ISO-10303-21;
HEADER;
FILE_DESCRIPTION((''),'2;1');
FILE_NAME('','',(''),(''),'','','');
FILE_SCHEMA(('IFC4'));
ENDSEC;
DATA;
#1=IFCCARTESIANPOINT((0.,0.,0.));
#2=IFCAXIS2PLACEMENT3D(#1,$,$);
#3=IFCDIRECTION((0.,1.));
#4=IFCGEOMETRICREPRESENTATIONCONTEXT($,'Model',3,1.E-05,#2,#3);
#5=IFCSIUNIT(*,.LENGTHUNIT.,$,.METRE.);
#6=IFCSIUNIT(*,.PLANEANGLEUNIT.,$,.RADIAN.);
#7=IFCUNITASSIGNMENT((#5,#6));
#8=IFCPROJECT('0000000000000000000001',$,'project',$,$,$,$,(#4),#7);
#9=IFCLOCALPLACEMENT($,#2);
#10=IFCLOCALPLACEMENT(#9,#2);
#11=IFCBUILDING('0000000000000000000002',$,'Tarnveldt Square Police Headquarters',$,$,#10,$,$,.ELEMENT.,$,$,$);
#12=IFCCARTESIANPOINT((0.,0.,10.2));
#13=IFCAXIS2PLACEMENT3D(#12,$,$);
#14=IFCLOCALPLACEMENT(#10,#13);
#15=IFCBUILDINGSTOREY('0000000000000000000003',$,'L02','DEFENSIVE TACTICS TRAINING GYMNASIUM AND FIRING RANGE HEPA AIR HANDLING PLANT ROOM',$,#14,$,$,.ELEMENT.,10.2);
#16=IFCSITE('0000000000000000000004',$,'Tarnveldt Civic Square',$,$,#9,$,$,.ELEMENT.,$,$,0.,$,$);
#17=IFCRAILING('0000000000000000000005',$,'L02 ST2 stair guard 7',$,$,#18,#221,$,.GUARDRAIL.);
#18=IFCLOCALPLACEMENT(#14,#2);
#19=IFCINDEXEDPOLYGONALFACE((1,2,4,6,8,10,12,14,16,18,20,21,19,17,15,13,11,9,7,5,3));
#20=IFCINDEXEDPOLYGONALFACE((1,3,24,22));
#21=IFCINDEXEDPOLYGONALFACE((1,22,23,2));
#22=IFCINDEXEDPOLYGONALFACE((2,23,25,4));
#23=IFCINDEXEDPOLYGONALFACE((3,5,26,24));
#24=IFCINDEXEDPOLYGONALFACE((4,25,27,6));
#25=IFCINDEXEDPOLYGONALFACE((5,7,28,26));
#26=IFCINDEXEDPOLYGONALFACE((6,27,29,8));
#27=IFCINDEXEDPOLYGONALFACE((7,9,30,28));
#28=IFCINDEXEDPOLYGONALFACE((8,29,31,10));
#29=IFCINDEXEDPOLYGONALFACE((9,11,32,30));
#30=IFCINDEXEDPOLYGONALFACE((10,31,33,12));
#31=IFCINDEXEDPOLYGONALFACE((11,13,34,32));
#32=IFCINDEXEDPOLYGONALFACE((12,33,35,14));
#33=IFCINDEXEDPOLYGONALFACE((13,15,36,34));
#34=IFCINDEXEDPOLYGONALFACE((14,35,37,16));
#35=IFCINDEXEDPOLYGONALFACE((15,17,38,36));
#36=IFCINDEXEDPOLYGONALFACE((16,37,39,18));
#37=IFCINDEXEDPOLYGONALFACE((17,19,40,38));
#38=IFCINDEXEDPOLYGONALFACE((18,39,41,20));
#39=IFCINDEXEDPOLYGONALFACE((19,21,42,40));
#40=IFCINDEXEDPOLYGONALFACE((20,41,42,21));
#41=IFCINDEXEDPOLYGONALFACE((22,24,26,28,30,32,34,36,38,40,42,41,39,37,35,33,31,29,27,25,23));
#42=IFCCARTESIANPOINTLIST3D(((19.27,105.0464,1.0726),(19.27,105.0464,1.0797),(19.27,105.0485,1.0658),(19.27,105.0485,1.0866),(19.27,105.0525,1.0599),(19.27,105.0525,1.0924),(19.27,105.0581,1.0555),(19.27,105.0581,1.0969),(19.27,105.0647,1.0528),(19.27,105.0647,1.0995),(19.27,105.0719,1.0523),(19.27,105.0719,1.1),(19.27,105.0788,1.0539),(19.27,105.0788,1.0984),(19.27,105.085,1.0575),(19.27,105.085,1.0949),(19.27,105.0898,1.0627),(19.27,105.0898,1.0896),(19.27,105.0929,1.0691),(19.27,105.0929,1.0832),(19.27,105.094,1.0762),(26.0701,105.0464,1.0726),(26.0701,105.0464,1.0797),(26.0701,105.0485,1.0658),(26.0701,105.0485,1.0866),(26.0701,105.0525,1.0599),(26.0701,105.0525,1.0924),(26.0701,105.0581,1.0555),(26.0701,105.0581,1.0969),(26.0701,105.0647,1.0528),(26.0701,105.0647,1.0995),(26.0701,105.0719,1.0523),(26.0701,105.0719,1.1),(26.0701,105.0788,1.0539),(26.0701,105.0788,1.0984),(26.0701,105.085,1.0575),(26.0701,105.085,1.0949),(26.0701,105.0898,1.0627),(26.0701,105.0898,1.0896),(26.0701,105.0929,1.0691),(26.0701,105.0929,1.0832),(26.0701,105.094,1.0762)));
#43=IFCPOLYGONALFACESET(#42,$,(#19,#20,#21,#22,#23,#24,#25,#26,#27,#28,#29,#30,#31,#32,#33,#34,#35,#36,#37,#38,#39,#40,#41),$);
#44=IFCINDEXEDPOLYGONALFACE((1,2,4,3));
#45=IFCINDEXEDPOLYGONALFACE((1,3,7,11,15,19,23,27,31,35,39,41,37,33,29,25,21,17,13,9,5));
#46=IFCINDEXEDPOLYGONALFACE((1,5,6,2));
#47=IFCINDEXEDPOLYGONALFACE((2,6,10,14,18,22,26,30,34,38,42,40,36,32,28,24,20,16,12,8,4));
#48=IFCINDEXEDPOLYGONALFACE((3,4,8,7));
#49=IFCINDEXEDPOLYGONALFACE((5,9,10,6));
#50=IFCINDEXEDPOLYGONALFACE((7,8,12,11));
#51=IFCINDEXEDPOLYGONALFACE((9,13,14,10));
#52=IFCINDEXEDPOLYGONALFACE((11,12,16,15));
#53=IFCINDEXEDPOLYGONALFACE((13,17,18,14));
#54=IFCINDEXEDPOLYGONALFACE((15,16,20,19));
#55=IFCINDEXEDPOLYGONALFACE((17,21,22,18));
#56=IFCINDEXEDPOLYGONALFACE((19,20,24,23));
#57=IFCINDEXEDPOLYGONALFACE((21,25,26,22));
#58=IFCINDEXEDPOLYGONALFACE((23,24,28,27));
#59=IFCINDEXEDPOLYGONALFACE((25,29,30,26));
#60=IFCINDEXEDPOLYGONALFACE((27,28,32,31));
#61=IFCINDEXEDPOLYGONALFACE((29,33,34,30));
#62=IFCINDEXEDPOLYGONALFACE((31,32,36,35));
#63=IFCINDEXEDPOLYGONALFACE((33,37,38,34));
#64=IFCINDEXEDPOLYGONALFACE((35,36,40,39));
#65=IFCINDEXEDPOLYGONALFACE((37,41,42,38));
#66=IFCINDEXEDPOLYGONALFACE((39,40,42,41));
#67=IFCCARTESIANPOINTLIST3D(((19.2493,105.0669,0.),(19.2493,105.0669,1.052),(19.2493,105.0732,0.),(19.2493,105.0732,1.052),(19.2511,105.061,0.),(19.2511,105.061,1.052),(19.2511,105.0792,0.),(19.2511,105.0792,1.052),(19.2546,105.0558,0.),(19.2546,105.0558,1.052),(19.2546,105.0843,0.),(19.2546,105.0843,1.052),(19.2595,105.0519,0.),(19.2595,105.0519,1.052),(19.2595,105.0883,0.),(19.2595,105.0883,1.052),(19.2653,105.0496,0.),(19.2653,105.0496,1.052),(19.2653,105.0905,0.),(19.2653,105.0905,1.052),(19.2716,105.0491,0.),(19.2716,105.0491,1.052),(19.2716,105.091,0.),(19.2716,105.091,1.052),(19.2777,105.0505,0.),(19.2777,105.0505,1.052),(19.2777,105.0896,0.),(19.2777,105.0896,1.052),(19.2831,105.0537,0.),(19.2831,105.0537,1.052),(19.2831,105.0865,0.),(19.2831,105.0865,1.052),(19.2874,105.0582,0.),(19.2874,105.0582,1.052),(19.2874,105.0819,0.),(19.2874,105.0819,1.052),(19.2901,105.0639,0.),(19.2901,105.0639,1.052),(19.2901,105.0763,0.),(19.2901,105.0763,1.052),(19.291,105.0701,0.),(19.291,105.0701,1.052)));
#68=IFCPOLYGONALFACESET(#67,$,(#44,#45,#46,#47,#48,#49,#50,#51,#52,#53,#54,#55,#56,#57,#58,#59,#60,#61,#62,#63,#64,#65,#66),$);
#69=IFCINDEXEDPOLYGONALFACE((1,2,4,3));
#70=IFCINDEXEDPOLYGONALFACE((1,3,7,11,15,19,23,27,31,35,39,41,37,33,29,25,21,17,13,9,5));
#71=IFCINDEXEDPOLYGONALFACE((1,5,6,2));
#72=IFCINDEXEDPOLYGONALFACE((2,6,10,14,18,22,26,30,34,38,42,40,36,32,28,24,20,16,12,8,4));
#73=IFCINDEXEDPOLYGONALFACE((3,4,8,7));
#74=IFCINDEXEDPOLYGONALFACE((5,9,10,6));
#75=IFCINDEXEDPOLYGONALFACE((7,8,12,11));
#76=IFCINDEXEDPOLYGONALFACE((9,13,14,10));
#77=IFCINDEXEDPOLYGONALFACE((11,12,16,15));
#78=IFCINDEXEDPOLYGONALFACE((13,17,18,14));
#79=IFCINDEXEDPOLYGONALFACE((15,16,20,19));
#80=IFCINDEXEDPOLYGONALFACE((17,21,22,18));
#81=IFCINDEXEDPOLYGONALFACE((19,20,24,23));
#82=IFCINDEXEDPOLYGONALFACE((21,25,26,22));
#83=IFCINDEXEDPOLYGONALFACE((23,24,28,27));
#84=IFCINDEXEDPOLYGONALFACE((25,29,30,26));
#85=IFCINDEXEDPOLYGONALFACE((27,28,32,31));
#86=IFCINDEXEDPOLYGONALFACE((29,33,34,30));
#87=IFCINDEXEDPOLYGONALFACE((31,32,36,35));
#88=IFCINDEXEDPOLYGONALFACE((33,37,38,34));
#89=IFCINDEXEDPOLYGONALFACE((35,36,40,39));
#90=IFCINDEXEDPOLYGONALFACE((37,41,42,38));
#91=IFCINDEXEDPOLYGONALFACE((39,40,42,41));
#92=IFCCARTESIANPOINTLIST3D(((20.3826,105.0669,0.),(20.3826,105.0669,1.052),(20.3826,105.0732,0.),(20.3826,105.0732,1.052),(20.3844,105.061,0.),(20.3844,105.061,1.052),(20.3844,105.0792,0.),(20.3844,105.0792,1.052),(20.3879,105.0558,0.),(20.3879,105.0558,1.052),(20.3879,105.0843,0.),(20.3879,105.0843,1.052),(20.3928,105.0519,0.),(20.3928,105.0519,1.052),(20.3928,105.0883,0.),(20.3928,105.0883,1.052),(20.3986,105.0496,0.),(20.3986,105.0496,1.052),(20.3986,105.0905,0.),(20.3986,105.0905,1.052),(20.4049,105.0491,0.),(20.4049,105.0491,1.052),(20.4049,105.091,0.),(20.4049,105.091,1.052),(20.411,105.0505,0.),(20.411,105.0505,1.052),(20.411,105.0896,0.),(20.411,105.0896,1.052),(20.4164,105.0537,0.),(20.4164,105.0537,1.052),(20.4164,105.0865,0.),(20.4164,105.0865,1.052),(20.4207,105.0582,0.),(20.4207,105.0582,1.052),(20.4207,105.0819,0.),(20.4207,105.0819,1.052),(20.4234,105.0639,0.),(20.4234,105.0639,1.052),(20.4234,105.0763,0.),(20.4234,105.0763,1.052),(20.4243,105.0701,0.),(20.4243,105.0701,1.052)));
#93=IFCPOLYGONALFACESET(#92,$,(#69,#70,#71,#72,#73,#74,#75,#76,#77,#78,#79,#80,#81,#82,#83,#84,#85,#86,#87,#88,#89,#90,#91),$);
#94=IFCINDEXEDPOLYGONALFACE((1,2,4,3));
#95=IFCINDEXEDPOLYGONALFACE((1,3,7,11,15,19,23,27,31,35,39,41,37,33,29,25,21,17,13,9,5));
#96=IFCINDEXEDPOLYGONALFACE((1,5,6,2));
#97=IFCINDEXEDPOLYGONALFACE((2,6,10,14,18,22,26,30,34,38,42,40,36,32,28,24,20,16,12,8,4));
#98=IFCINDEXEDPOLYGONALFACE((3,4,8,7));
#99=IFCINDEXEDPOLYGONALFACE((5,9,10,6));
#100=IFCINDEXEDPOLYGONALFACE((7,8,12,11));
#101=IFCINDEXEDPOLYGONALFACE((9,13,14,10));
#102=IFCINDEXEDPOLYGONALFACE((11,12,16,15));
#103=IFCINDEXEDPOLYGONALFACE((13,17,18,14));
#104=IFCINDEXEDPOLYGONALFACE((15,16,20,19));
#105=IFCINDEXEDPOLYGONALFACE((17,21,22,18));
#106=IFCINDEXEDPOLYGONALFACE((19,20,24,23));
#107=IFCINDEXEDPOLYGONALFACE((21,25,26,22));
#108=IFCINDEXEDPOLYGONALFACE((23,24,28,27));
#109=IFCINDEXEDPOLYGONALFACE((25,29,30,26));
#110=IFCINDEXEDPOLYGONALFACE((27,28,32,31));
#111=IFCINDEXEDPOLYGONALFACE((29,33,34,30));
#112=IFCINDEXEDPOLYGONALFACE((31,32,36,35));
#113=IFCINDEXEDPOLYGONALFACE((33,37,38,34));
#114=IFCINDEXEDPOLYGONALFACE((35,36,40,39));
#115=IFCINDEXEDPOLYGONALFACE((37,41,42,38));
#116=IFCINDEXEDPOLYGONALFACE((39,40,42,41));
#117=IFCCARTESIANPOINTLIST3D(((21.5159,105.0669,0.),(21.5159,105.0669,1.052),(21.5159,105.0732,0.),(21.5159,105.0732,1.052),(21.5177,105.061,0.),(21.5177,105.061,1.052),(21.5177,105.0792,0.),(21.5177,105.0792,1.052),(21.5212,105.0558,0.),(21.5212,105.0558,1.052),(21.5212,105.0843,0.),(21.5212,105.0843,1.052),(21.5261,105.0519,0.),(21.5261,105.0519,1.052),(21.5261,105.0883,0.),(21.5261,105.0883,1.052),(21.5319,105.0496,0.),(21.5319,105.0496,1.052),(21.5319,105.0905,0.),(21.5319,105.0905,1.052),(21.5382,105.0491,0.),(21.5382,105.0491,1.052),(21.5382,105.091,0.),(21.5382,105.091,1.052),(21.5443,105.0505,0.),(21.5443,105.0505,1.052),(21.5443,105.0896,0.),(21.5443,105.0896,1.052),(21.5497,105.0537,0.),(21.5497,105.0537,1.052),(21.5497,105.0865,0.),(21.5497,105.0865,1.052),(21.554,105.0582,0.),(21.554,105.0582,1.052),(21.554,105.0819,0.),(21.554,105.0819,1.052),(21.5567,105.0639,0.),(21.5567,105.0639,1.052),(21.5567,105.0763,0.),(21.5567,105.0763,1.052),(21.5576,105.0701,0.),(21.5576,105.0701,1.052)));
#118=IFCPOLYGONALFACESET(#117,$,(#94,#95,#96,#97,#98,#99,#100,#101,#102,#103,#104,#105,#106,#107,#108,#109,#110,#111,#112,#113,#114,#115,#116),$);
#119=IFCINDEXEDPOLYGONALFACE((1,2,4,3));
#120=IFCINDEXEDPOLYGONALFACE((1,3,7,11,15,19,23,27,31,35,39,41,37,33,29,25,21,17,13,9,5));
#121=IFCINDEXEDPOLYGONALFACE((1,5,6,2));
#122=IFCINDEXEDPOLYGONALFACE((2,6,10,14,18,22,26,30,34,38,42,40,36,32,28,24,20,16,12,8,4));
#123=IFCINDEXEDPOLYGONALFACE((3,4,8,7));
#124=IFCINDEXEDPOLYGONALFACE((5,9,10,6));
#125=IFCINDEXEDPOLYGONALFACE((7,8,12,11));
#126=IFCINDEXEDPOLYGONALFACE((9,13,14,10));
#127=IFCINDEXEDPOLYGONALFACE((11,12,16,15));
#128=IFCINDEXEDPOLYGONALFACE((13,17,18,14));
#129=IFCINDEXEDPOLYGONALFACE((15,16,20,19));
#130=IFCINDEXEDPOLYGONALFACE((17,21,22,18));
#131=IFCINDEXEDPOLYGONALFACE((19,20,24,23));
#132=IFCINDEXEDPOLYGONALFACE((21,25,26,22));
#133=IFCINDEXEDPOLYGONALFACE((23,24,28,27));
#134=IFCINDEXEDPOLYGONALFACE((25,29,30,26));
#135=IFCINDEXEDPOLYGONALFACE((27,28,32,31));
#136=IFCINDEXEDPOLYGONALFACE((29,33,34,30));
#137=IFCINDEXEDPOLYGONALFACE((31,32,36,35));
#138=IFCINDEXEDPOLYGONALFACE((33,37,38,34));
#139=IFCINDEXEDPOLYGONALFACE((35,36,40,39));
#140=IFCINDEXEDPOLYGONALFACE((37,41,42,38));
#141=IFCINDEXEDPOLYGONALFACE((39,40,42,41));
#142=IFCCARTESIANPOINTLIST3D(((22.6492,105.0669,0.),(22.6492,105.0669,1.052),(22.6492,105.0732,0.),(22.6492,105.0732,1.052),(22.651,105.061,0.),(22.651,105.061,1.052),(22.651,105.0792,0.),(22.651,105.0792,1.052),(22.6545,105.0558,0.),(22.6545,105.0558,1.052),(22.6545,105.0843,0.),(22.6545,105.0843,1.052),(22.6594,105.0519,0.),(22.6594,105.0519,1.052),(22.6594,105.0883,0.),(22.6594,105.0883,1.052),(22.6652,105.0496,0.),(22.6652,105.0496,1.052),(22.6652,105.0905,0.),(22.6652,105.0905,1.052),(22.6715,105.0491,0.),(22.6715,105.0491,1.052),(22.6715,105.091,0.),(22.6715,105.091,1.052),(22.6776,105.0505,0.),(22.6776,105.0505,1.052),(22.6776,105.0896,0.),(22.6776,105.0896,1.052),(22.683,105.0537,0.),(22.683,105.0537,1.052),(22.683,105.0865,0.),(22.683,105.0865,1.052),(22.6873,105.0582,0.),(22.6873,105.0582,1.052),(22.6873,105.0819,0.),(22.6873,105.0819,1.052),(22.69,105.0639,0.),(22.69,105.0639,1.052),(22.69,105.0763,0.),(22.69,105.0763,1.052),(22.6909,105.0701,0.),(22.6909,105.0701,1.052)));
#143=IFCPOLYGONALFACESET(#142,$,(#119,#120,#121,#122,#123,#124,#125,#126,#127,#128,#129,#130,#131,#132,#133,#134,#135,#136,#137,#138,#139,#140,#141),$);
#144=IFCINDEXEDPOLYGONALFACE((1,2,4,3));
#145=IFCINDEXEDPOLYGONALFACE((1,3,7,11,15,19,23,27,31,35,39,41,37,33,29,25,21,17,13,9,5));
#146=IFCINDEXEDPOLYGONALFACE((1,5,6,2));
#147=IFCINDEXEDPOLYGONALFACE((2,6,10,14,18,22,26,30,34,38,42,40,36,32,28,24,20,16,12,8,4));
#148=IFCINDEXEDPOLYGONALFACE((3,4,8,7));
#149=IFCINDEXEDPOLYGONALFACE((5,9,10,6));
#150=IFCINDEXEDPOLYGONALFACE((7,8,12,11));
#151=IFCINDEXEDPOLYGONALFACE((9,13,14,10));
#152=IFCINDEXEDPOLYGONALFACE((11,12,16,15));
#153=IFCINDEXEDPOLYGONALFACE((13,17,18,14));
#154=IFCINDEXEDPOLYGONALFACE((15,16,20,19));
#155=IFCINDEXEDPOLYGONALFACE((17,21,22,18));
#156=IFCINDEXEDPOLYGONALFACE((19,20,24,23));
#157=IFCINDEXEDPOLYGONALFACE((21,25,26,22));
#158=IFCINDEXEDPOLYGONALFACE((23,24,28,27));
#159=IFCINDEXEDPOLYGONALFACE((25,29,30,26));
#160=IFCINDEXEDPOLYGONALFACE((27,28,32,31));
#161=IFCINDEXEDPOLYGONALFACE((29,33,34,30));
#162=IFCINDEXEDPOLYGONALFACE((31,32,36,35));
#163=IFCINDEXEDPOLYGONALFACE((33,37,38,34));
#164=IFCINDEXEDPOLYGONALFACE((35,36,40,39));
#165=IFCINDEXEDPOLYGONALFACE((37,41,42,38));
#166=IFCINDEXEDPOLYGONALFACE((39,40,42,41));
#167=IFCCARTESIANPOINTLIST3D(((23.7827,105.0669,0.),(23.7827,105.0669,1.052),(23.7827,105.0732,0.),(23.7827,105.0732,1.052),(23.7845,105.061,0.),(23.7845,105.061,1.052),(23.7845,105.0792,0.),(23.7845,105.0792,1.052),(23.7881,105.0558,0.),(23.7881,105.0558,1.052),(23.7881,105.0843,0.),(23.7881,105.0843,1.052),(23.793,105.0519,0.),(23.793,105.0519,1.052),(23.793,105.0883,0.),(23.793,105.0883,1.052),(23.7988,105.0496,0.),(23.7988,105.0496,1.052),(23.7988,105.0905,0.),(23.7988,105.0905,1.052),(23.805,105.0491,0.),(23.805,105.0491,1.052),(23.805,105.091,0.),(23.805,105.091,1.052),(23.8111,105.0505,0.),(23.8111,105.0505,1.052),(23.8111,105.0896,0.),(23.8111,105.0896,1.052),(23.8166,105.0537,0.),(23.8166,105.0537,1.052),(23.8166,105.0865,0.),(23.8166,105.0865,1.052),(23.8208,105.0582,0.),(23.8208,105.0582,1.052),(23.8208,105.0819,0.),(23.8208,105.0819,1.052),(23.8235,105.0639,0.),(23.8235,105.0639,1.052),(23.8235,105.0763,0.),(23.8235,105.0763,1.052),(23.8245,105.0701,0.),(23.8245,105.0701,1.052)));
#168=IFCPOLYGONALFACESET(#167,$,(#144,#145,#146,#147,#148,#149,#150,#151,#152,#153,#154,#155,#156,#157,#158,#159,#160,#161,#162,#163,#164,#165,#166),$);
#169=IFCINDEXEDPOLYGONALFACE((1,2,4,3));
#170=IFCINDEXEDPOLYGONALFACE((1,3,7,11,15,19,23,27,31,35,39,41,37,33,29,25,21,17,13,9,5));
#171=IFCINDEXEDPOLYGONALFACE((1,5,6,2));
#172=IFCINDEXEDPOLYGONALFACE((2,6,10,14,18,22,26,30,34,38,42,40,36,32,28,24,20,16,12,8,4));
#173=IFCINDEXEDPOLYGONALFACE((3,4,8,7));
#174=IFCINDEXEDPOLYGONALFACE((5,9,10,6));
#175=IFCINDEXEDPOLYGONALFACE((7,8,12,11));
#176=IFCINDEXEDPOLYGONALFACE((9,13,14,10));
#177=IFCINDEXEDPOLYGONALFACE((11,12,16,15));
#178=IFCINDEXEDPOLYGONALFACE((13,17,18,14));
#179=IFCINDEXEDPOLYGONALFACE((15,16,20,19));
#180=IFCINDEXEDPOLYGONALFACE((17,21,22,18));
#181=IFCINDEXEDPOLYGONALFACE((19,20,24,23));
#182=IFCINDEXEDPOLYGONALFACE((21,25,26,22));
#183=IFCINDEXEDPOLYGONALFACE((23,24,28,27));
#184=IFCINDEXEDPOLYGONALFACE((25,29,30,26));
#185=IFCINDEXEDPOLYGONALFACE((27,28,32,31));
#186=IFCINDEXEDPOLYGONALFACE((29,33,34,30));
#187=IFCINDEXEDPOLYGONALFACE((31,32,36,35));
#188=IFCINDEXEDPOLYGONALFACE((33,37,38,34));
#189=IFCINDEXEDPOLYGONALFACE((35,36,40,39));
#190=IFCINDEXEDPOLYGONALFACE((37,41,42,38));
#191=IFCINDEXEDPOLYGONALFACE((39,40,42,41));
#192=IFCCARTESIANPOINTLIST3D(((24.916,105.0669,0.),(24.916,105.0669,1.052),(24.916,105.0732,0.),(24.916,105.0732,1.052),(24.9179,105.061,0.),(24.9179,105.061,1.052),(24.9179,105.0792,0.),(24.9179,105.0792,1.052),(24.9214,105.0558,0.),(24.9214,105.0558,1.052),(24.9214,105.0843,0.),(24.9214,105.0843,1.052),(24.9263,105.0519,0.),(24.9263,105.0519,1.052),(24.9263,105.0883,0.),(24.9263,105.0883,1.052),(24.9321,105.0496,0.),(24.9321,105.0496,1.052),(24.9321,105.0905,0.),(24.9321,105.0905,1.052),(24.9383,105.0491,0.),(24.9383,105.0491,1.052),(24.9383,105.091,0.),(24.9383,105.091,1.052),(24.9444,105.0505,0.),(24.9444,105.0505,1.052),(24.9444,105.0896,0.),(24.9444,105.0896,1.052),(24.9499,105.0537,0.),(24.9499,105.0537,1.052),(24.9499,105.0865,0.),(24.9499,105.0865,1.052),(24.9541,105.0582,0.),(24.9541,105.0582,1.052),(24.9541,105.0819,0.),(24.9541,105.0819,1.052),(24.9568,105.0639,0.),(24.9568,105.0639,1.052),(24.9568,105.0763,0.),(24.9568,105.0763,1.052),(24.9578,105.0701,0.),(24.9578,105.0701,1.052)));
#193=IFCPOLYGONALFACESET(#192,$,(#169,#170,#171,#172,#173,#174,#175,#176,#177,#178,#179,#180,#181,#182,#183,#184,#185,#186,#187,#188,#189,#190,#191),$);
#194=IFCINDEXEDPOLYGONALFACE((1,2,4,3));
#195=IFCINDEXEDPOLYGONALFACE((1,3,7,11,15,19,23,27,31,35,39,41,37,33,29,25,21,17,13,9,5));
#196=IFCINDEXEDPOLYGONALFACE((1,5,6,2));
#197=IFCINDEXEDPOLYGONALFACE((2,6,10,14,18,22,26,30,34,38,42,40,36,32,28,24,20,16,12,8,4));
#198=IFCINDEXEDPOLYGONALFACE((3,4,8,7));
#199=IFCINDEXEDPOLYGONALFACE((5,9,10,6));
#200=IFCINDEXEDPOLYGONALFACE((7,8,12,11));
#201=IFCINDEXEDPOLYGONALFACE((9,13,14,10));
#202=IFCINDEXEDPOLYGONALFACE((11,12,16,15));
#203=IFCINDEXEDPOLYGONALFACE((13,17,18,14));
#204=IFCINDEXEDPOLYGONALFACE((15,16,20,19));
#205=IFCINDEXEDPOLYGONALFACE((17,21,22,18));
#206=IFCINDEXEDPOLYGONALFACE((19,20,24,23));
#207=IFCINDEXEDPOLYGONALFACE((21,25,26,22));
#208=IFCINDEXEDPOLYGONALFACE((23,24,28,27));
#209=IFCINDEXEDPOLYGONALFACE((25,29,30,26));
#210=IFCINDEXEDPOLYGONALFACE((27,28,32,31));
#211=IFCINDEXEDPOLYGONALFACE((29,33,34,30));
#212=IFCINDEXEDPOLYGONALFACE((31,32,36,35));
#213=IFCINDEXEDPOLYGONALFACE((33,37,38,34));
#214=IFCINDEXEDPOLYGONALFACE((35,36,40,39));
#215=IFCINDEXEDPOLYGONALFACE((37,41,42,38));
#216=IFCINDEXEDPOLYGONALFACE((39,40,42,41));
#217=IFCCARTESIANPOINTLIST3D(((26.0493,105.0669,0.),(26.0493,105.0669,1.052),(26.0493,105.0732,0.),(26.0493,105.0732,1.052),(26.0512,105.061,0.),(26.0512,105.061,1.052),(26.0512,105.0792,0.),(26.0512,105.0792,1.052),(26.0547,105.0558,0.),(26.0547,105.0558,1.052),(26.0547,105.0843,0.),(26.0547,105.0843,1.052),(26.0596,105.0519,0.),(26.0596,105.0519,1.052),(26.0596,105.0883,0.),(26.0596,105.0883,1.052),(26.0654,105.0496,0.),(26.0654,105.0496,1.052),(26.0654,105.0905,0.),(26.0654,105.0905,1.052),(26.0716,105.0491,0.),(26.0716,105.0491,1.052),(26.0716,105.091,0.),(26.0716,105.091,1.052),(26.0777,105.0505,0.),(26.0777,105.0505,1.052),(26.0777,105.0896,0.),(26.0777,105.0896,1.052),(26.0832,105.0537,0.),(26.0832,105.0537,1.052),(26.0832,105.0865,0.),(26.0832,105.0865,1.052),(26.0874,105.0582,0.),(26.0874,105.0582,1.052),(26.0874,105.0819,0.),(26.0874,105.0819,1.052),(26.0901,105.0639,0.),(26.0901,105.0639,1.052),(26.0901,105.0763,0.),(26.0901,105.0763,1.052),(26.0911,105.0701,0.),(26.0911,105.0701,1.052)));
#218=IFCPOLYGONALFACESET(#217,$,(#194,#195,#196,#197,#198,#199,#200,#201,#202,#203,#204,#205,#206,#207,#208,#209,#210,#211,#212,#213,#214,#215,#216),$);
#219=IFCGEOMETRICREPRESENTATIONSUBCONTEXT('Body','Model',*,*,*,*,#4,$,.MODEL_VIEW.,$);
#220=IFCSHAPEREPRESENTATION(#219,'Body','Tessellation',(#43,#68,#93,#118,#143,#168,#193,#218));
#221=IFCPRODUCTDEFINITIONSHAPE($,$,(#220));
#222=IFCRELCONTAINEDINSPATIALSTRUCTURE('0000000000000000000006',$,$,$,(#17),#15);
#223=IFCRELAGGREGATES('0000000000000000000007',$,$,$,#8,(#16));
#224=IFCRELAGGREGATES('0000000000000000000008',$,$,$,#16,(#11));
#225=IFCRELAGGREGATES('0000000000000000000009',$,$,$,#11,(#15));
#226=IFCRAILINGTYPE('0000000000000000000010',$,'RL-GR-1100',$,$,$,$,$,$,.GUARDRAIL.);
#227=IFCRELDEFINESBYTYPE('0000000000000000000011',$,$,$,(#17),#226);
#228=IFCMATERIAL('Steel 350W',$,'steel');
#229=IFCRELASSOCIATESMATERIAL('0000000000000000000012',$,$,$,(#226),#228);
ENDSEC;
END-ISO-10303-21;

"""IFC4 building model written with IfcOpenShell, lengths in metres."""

from ifc_helpers import new_model, si_unit, direction, frame, origin, origin_2d, place, context, subcontext, project, spatial, circle, extrude, material, type_object, element, save


model = new_model("IFC4")

# Units and contexts
model_context = context("Model", 3, precision=1e-05, world=origin(), true_north=direction((0.0, 1.0)))
body_context = subcontext(model_context, "Body", "Model", "MODEL_VIEW")
ifc_project = project(units=[si_unit("LENGTHUNIT", "METRE"), si_unit("PLANEANGLEUNIT", "RADIAN")], contexts=[model_context])

# Site, building, storey
site_placement = place(None, origin())
site = spatial("IfcSite", under=ifc_project, at=site_placement, Name="Tarnveldt Civic Square", CompositionType="ELEMENT", RefElevation=0.0)
building_placement = place(site_placement, origin())
building = spatial("IfcBuilding", under=site, at=building_placement, Name="Tarnveldt Square Police Headquarters", CompositionType="ELEMENT")
storey_placement = place(building_placement, frame((0.0, 0.0, 10.2)))
storey = spatial("IfcBuildingStorey", under=building, at=storey_placement, Name="L02", Description="DEFENSIVE TACTICS TRAINING GYMNASIUM AND FIRING RANGE HEPA AIR HANDLING PLANT ROOM", CompositionType="ELEMENT", Elevation=10.2)

# Shared definitions
ifc_material_1 = material(Name="Steel 350W", Category="steel")

# Railing
railing_type_1 = type_object("IfcRailingType", Name="RL-GR-1100", PredefinedType="GUARDRAIL", material=ifc_material_1)
railing_1_placement = place(storey_placement, frame((19.27, 105.0701, 0.0)))
element("IfcRailing", 1, at=railing_1_placement, inside=storey, type_object=railing_type_1, Name="L02 ST2 stair guard 7", PredefinedType="GUARDRAIL", context=body_context, shape_type="SweptSolid", body=[
    extrude(circle(Radius=0.0239, at=origin_2d()), frame((0.0, 0.0, 1.0762), z_axis=(1.0, 0.0, 0.0), x_axis=(0.0, 1.0, 0.0)), (0.0, 0.0, 1.0), 6.8),
    extrude(circle(Radius=0.021, at=origin_2d()), origin(), (0.0, 0.0, 1.0), 1.052),
    extrude(circle(Radius=0.021, at=origin_2d()), frame((1.1333, 0.0, 0.0)), (0.0, 0.0, 1.0), 1.052),
    extrude(circle(Radius=0.021, at=origin_2d()), frame((2.2666, 0.0, 0.0)), (0.0, 0.0, 1.0), 1.052),
    extrude(circle(Radius=0.021, at=origin_2d()), frame((3.3999, 0.0, 0.0)), (0.0, 0.0, 1.0), 1.052),
    extrude(circle(Radius=0.021, at=origin_2d()), frame((4.5334, 0.0, 0.0)), (0.0, 0.0, 1.0), 1.052),
    extrude(circle(Radius=0.021, at=origin_2d()), frame((5.6667, 0.0, 0.0)), (0.0, 0.0, 1.0), 1.052),
    extrude(circle(Radius=0.021, at=origin_2d()), frame((6.8, 0.0, 0.0)), (0.0, 0.0, 1.0), 1.052),
])

save(model, "model.ifc")
